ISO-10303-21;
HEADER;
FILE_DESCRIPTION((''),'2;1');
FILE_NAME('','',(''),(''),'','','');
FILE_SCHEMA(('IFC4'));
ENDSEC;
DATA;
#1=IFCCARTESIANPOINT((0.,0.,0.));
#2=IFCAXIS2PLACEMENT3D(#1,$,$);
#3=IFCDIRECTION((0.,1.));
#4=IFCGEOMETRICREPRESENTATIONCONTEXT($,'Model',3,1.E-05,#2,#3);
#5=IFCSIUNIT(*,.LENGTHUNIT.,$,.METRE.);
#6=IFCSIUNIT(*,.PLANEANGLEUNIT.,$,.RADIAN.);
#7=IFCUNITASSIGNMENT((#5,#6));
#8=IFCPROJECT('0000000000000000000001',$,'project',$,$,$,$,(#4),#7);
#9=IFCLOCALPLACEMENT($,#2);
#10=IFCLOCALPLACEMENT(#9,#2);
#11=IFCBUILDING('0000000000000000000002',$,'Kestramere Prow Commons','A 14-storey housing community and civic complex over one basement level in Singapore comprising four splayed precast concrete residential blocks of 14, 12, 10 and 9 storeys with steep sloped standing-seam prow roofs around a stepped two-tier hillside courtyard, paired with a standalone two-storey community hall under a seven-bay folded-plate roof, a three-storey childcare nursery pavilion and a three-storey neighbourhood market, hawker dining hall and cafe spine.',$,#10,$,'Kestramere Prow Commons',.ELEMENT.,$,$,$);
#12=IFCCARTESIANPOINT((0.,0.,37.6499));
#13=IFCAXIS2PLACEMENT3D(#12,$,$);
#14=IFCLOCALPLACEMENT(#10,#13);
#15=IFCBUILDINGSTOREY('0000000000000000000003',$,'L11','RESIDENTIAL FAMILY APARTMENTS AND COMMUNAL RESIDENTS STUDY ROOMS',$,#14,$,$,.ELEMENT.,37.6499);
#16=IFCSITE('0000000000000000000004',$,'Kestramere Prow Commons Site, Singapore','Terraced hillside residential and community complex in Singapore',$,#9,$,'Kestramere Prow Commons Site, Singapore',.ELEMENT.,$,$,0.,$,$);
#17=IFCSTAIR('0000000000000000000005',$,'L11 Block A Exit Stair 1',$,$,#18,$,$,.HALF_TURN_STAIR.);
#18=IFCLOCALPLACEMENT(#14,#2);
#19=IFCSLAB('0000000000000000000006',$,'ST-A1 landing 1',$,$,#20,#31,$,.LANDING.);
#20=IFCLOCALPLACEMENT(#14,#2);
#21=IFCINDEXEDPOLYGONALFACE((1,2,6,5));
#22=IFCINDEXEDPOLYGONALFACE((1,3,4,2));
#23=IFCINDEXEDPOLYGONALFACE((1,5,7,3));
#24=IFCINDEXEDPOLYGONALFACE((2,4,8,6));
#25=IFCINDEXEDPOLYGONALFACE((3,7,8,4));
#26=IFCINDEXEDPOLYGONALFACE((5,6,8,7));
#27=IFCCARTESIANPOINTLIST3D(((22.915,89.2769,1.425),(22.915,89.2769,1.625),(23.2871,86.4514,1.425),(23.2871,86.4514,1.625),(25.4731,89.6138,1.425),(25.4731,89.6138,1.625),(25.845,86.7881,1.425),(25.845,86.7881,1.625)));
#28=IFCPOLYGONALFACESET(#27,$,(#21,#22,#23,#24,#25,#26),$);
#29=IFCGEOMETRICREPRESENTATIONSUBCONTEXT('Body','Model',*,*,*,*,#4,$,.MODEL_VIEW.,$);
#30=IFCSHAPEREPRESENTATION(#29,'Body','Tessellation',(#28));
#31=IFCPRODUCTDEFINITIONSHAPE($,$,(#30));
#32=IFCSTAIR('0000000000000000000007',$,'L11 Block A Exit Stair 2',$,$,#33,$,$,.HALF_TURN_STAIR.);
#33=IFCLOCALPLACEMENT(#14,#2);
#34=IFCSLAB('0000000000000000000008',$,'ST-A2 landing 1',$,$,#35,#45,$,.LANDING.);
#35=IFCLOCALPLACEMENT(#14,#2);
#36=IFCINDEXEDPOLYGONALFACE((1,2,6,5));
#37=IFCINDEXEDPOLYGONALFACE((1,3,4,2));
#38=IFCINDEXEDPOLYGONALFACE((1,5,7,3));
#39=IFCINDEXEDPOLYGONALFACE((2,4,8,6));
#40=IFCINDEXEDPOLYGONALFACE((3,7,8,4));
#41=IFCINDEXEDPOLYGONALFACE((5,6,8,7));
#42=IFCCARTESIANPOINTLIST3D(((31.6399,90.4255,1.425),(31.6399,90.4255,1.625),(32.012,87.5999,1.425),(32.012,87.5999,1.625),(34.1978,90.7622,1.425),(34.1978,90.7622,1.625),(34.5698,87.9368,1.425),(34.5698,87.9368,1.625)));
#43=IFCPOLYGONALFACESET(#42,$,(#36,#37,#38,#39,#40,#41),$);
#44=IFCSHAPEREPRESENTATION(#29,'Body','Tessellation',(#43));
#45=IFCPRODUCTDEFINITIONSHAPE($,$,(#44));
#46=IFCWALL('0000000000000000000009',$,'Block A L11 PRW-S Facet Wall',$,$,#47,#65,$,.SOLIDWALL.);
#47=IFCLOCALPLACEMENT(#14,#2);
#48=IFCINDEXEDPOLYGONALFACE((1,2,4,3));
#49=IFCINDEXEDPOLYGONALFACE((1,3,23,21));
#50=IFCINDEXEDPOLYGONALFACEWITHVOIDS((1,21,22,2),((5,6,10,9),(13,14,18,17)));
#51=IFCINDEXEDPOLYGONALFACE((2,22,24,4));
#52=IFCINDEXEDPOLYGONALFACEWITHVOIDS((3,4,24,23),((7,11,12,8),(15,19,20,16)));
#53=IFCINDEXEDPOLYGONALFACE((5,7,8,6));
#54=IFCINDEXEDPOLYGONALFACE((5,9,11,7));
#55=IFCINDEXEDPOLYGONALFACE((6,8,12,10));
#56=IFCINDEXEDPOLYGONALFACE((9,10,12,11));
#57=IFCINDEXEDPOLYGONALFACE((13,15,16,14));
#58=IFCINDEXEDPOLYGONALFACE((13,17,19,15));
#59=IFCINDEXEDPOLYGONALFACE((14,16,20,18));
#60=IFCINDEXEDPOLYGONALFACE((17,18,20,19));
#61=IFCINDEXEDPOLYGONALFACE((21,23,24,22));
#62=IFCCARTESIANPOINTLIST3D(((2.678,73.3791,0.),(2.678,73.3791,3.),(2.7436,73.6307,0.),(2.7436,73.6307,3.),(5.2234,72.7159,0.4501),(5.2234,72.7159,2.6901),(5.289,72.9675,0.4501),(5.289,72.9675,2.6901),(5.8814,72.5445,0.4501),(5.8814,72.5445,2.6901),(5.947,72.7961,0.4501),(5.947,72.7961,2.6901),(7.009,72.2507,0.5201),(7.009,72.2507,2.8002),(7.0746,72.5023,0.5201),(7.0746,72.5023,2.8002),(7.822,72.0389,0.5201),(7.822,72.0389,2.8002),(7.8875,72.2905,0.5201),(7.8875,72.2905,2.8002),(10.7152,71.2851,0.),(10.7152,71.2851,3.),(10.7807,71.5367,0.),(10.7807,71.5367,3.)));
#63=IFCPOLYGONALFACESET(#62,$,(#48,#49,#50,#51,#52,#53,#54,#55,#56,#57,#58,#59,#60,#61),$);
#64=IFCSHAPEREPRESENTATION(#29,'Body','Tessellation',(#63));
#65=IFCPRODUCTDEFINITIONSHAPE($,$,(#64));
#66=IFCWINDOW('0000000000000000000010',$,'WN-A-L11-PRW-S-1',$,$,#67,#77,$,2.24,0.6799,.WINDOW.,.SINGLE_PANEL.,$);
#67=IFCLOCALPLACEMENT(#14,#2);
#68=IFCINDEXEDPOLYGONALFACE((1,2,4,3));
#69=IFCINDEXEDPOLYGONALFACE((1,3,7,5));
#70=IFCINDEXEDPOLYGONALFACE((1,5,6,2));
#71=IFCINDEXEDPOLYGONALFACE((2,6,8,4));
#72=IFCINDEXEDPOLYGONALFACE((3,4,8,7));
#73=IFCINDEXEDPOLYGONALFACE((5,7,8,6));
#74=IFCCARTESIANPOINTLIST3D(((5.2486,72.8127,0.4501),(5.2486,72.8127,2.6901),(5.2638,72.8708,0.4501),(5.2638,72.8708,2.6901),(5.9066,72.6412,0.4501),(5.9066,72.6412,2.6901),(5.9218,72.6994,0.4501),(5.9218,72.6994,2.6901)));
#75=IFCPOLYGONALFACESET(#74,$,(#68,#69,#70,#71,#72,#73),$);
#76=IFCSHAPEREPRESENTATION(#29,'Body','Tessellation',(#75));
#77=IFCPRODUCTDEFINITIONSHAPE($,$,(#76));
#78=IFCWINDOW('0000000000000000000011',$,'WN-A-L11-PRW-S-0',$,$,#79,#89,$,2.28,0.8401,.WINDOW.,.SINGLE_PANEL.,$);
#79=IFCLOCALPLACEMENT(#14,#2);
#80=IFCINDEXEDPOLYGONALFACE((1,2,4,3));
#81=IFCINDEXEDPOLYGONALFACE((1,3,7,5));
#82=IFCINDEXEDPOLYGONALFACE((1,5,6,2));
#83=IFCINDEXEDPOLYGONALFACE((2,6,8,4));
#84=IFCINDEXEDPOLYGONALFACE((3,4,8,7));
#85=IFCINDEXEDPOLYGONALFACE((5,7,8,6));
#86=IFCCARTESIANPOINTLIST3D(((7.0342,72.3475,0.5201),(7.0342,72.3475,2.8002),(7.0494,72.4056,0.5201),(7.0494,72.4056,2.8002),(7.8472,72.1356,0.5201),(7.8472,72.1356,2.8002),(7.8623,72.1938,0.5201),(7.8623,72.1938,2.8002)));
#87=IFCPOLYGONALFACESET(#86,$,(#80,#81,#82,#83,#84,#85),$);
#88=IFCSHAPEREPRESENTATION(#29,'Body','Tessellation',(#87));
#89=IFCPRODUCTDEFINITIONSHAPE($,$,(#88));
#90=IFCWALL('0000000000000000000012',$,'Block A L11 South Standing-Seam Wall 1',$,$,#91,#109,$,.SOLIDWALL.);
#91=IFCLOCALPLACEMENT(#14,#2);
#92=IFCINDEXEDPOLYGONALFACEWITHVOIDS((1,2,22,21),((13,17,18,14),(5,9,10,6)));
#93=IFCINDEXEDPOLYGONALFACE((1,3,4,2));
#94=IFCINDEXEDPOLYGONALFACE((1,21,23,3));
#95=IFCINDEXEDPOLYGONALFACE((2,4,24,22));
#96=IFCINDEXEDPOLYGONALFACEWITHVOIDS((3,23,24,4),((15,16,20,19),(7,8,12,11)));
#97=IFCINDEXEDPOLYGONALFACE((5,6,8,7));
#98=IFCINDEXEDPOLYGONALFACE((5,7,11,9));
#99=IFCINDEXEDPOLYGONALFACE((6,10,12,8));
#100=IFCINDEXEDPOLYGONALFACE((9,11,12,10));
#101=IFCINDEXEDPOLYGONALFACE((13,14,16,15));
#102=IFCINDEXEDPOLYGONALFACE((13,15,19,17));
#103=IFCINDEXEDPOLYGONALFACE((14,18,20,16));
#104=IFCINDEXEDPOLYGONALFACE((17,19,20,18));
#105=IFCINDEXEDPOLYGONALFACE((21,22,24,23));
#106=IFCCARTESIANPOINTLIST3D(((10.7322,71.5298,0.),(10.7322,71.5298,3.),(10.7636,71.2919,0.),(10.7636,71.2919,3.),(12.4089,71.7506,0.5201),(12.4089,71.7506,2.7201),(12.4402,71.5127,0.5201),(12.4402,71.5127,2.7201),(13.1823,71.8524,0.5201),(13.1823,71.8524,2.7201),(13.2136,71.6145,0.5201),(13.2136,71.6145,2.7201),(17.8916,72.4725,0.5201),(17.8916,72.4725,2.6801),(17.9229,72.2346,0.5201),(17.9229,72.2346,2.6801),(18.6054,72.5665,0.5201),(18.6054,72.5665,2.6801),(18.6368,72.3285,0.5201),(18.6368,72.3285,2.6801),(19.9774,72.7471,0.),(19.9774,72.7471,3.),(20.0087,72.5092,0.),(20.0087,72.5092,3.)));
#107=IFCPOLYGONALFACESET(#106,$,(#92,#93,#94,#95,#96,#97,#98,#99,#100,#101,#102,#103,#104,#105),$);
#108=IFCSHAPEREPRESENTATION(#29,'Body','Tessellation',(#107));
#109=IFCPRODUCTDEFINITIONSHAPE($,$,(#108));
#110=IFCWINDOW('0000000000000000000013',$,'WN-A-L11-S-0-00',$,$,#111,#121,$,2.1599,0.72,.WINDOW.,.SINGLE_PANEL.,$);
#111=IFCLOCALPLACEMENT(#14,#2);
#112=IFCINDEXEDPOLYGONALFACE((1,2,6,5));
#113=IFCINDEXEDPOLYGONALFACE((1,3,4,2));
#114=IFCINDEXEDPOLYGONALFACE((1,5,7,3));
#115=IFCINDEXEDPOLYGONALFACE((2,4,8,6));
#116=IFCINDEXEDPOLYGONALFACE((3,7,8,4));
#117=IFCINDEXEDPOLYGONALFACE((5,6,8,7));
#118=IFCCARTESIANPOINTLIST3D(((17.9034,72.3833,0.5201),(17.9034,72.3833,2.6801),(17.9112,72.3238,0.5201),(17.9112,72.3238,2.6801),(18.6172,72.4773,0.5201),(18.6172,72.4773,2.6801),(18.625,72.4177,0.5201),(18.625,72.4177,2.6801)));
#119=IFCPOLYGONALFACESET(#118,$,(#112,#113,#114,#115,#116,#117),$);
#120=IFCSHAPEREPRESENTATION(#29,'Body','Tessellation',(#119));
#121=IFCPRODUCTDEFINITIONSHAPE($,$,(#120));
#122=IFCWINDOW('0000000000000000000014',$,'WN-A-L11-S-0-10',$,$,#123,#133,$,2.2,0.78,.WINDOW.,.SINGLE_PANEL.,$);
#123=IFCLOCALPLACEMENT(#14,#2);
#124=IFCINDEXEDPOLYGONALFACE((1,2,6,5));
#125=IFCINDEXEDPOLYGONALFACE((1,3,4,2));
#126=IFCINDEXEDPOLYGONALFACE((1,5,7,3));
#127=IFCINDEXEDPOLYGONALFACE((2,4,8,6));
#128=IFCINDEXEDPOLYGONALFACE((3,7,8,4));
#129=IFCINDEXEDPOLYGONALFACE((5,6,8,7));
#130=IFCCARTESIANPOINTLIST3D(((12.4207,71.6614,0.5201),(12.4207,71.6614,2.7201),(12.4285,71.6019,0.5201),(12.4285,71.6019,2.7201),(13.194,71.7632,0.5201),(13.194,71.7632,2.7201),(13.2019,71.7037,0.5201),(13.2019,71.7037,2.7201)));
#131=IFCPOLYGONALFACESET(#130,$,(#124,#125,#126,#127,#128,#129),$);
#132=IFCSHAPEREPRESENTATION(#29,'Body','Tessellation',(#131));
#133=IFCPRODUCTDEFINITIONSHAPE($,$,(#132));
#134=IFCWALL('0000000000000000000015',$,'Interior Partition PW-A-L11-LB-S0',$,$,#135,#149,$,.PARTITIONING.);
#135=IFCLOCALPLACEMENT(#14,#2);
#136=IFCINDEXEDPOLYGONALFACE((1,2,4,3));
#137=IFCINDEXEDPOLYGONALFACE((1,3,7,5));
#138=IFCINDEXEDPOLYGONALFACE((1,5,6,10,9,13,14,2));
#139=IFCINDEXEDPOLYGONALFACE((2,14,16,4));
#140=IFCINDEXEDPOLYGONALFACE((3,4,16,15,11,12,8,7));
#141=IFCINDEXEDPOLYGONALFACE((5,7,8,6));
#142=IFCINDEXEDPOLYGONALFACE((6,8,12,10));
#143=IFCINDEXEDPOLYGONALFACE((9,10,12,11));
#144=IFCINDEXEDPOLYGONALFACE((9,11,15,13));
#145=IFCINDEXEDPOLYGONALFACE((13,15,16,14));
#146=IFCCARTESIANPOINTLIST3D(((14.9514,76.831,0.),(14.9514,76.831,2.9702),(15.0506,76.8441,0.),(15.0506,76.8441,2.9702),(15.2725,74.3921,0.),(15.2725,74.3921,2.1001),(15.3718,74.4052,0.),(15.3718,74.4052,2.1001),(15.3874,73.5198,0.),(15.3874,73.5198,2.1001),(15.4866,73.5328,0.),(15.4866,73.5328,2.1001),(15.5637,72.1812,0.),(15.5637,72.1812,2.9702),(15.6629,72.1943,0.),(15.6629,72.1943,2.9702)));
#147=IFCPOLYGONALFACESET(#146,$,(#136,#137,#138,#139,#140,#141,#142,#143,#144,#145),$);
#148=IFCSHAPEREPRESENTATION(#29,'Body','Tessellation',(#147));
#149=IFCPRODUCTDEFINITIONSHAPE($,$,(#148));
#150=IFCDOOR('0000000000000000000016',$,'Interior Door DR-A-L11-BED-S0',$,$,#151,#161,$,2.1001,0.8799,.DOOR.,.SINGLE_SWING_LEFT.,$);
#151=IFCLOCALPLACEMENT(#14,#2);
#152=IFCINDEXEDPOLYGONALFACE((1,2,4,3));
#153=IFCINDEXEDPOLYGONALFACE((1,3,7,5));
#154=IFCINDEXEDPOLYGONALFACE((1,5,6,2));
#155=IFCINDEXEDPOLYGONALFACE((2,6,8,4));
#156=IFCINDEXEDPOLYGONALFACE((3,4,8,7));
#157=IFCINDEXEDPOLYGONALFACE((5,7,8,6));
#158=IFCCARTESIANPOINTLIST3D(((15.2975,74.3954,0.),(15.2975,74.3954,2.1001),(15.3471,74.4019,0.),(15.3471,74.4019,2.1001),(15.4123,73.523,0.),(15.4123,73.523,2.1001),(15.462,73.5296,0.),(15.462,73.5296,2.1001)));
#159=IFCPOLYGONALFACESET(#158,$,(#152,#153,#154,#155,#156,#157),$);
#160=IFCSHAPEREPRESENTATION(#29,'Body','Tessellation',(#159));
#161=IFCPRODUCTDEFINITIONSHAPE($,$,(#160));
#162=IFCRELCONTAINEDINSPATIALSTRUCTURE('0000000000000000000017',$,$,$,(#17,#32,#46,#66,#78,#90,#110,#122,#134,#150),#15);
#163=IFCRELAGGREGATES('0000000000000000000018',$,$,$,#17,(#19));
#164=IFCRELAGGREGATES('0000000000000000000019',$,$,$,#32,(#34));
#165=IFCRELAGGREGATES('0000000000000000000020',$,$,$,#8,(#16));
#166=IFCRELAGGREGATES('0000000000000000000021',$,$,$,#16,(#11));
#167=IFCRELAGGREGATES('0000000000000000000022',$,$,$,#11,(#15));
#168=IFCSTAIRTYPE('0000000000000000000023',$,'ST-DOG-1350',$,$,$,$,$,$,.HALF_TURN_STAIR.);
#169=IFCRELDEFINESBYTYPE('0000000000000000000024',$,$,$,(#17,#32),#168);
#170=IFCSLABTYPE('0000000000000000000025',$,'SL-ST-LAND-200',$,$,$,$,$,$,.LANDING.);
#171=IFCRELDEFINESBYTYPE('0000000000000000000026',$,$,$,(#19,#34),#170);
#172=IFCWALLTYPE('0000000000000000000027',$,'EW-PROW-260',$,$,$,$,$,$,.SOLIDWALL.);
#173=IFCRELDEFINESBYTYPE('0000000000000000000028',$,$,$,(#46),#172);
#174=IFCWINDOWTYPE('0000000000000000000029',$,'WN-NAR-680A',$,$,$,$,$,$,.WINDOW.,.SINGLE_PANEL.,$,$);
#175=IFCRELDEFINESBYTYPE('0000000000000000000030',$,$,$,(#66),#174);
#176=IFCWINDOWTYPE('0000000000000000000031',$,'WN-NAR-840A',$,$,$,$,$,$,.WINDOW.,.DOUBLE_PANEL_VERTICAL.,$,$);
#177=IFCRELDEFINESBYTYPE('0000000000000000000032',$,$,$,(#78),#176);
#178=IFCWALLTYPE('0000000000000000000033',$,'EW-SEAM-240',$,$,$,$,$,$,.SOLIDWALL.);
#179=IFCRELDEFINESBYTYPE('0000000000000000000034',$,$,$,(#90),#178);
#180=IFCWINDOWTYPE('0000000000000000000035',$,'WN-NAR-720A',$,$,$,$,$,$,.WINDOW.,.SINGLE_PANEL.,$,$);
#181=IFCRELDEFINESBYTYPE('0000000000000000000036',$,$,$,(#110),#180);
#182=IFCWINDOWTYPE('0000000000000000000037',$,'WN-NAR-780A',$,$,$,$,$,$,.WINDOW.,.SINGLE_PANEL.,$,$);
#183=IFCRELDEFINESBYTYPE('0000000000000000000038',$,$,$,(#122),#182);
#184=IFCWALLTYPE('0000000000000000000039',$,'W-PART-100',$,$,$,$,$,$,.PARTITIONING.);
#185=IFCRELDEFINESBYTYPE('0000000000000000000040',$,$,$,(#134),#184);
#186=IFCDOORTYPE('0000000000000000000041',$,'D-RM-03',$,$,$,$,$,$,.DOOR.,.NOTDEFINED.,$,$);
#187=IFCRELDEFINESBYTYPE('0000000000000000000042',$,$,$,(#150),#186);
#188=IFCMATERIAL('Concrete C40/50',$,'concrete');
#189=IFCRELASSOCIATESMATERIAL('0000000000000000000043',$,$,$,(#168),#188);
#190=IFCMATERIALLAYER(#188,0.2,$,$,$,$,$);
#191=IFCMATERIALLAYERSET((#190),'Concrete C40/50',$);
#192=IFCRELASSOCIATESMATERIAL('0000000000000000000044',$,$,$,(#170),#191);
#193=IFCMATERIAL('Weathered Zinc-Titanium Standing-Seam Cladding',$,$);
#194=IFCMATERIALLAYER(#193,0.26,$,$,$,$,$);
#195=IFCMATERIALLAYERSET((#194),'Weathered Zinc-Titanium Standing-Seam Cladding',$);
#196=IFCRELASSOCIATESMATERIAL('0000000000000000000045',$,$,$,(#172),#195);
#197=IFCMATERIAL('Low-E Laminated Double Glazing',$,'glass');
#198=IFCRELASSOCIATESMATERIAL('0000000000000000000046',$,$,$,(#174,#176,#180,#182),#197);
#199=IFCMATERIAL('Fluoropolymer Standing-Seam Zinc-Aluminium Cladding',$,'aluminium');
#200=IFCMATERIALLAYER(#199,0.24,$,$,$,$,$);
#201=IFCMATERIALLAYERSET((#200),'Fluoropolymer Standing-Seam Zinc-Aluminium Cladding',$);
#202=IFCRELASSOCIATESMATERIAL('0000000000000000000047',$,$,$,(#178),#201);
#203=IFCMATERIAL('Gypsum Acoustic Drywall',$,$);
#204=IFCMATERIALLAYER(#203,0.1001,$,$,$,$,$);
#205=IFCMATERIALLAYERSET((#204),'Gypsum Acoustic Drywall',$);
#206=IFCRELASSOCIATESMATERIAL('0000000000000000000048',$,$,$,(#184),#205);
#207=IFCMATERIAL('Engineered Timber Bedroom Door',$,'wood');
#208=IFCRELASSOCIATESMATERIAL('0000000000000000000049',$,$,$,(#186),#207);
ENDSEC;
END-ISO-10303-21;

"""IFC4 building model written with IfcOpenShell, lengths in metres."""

from ifc_helpers import new_model, si_unit, direction, frame, frame_2d, origin, place, context, subcontext, project, spatial, polyline, rectangle, outline, extrude, material, layer, layer_set, type_object, element, fill, aggregate, save


model = new_model("IFC4")

# Units and contexts
model_context = context("Model", 3, precision=1e-05, world=origin(), true_north=direction((0.0, 1.0)))
body_context = subcontext(model_context, "Body", "Model", "MODEL_VIEW")
ifc_project = project(units=[si_unit("LENGTHUNIT", "METRE"), si_unit("PLANEANGLEUNIT", "RADIAN")], contexts=[model_context])

# Site, building, storey
site_placement = place(None, origin())
site = spatial("IfcSite", under=ifc_project, at=site_placement, Name="Kestramere Prow Commons Site, Singapore", Description="Terraced hillside residential and community complex in Singapore", LongName="Kestramere Prow Commons Site, Singapore", CompositionType="ELEMENT", RefElevation=0.0)
building_placement = place(site_placement, origin())
building = spatial("IfcBuilding", under=site, at=building_placement, Name="Kestramere Prow Commons", Description="A 14-storey housing community and civic complex over one basement level in Singapore comprising four splayed precast concrete residential blocks of 14, 12, 10 and 9 storeys with steep sloped standing-seam prow roofs around a stepped two-tier hillside courtyard, paired with a standalone two-storey community hall under a seven-bay folded-plate roof, a three-storey childcare nursery pavilion and a three-storey neighbourhood market, hawker dining hall and cafe spine.", LongName="Kestramere Prow Commons", CompositionType="ELEMENT")
storey_placement = place(building_placement, frame((0.0, 0.0, 37.6499)))
storey = spatial("IfcBuildingStorey", under=building, at=storey_placement, Name="L11", Description="RESIDENTIAL FAMILY APARTMENTS AND COMMUNAL RESIDENTS STUDY ROOMS", CompositionType="ELEMENT", Elevation=37.6499)

# Stairs, slabs
ifc_material_1 = material(Name="Concrete C40/50", Category="concrete")
stair_type = type_object("IfcStairType", Name="ST-DOG-1350", PredefinedType="HALF_TURN_STAIR", material=ifc_material_1)
stair_1_placement = place(storey_placement, origin())
stair_1 = element("IfcStair", 1, at=stair_1_placement, inside=storey, type_object=stair_type, Name="L11 Block A Exit Stair 1", PredefinedType="HALF_TURN_STAIR")
ifc_layer_1 = layer(ifc_material_1, 0.2)
ifc_layer_set_1 = layer_set([ifc_layer_1], Name="Concrete C40/50")
slab_type_1 = type_object("IfcSlabType", Name="SL-ST-LAND-200", PredefinedType="LANDING", material=ifc_layer_set_1)
slab_1_placement = place(storey_placement, frame((0.0, 0.0, 1.425)))
slab_1 = element("IfcSlab", 2, at=slab_1_placement, type_object=slab_type_1, Name="ST-A1 landing 1", PredefinedType="LANDING", context=body_context, shape_type="SweptSolid", body=[
    extrude(outline(polyline([(23.2871, 86.4514), (25.845, 86.7881), (25.4731, 89.6138), (22.915, 89.2769), (23.2871, 86.4514)])), origin(), (0.0, 0.0, 1.0), 0.2),
])
aggregate(stair_1, [slab_1])
stair_2_placement = place(storey_placement, origin())
stair_2 = element("IfcStair", 3, at=stair_2_placement, inside=storey, type_object=stair_type, Name="L11 Block A Exit Stair 2", PredefinedType="HALF_TURN_STAIR")
slab_2_placement = place(storey_placement, frame((0.0, 0.0, 1.425)))
slab_2 = element("IfcSlab", 4, at=slab_2_placement, type_object=slab_type_1, Name="ST-A2 landing 1", PredefinedType="LANDING", context=body_context, shape_type="SweptSolid", body=[
    extrude(outline(polyline([(32.012, 87.5999), (34.5698, 87.9368), (34.1978, 90.7622), (31.6399, 90.4255), (32.012, 87.5999)])), origin(), (0.0, 0.0, 1.0), 0.2),
])
aggregate(stair_2, [slab_2])

# Walls, openings, windows
ifc_material_2 = material(Name="Weathered Zinc-Titanium Standing-Seam Cladding")
ifc_layer_2 = layer(ifc_material_2, 0.26)
ifc_layer_set_2 = layer_set([ifc_layer_2], Name="Weathered Zinc-Titanium Standing-Seam Cladding")
wall_type_1 = type_object("IfcWallType", Name="EW-PROW-260", PredefinedType="SOLIDWALL", material=ifc_layer_set_2)
wall_1_placement = place(storey_placement, frame((10.748, 71.4109, 0.0), z_axis=(0.0, 0.0, 1.0), x_axis=(-0.967695, 0.252124, 0.0)))
wall_1 = element("IfcWall", 5, at=wall_1_placement, inside=storey, type_object=wall_type_1, Name="Block A L11 PRW-S Facet Wall", PredefinedType="SOLIDWALL", context=body_context, shape_type="SweptSolid", body=[
    extrude(rectangle(XDim=8.3054, YDim=0.26, at=frame_2d((4.1528, 0.0))), origin(), (0.0, 0.0, 1.0), 3.0),
])
opening_1_placement = place(wall_1_placement, frame((2.99, 0.0, 0.52)))
opening_1 = element("IfcOpeningElement", 6, at=opening_1_placement, cuts=wall_1, PredefinedType="OPENING", context=body_context, shape_type="SweptSolid", body=[
    extrude(rectangle(XDim=0.8401, YDim=2.28, at=frame_2d((0.4199, 1.1401))), frame((0.0, 0.145, 0.0), z_axis=(0.0, -1.0, 0.0), x_axis=(1.0, 0.0, 0.0)), (0.0, 0.0, 1.0), 0.29),
])
opening_2_placement = place(wall_1_placement, frame((4.9954, 0.0, 0.45)))
opening_2 = element("IfcOpeningElement", 7, at=opening_2_placement, cuts=wall_1, PredefinedType="OPENING", context=body_context, shape_type="SweptSolid", body=[
    extrude(rectangle(XDim=0.6799, YDim=2.24, at=frame_2d((0.3398, 1.1201))), frame((0.0, 0.145, 0.0), z_axis=(0.0, -1.0, 0.0), x_axis=(1.0, 0.0, 0.0)), (0.0, 0.0, 1.0), 0.29),
])
ifc_material_3 = material(Name="Low-E Laminated Double Glazing", Category="glass")
window_type_1 = type_object("IfcWindowType", Name="WN-NAR-680A", PartitioningType="SINGLE_PANEL", PredefinedType="WINDOW", material=ifc_material_3)
window_1_placement = place(opening_2_placement, origin())
window_1 = element("IfcWindow", 8, at=window_1_placement, inside=storey, type_object=window_type_1, Name="WN-A-L11-PRW-S-1", OverallHeight=2.24, OverallWidth=0.6799, PartitioningType="SINGLE_PANEL", PredefinedType="WINDOW", context=body_context, shape_type="SweptSolid", body=[
    extrude(rectangle(XDim=0.6799, YDim=2.24, at=frame_2d((0.3398, 1.1201))), frame((0.0, 0.03, 0.0), z_axis=(0.0, -1.0, 0.0), x_axis=(1.0, 0.0, 0.0)), (0.0, 0.0, 1.0), 0.0601),
])
fill(opening_2, window_1)
window_type_2 = type_object("IfcWindowType", Name="WN-NAR-840A", PartitioningType="DOUBLE_PANEL_VERTICAL", PredefinedType="WINDOW", material=ifc_material_3)
window_2_placement = place(opening_1_placement, origin())
window_2 = element("IfcWindow", 9, at=window_2_placement, inside=storey, type_object=window_type_2, Name="WN-A-L11-PRW-S-0", OverallHeight=2.28, OverallWidth=0.8401, PartitioningType="SINGLE_PANEL", PredefinedType="WINDOW", context=body_context, shape_type="SweptSolid", body=[
    extrude(rectangle(XDim=0.8401, YDim=2.28, at=frame_2d((0.4199, 1.1401))), frame((0.0, 0.03, 0.0), z_axis=(0.0, -1.0, 0.0), x_axis=(1.0, 0.0, 0.0)), (0.0, 0.0, 1.0), 0.0601),
])
fill(opening_1, window_2)
ifc_material_4 = material(Name="Fluoropolymer Standing-Seam Zinc-Aluminium Cladding", Category="aluminium")
ifc_layer_3 = layer(ifc_material_4, 0.24)
ifc_layer_set_3 = layer_set([ifc_layer_3], Name="Fluoropolymer Standing-Seam Zinc-Aluminium Cladding")
wall_type_2 = type_object("IfcWallType", Name="EW-SEAM-240", PredefinedType="SOLIDWALL", material=ifc_layer_set_3)
wall_2_placement = place(storey_placement, frame((19.9932, 72.6282, 0.0), z_axis=(0.0, 0.0, 1.0), x_axis=(-0.991443, -0.130541, 0.0)))
wall_2 = element("IfcWall", 10, at=wall_2_placement, inside=storey, type_object=wall_type_2, Name="Block A L11 South Standing-Seam Wall 1", PredefinedType="SOLIDWALL", context=body_context, shape_type="SweptSolid", body=[
    extrude(rectangle(XDim=9.325, YDim=0.24, at=frame_2d((4.6626, 0.0))), origin(), (0.0, 0.0, 1.0), 3.0),
])
opening_3_placement = place(wall_2_placement, frame((1.384, 0.0, 0.52)))
opening_3 = element("IfcOpeningElement", 11, at=opening_3_placement, cuts=wall_2, PredefinedType="OPENING", context=body_context, shape_type="SweptSolid", body=[
    extrude(rectangle(XDim=0.72, YDim=2.1599, at=frame_2d((0.3599, 1.0801))), frame((0.0, 0.135, 0.0), z_axis=(0.0, -1.0, 0.0), x_axis=(1.0, 0.0, 0.0)), (0.0, 0.0, 1.0), 0.27),
])
opening_4_placement = place(wall_2_placement, frame((6.8538, 0.0, 0.52)))
opening_4 = element("IfcOpeningElement", 12, at=opening_4_placement, cuts=wall_2, PredefinedType="OPENING", context=body_context, shape_type="SweptSolid", body=[
    extrude(rectangle(XDim=0.78, YDim=2.2, at=frame_2d((0.3901, 1.1001))), frame((0.0, 0.135, 0.0), z_axis=(0.0, -1.0, 0.0), x_axis=(1.0, 0.0, 0.0)), (0.0, 0.0, 1.0), 0.27),
])
window_type_3 = type_object("IfcWindowType", Name="WN-NAR-720A", PartitioningType="SINGLE_PANEL", PredefinedType="WINDOW", material=ifc_material_3)
window_3_placement = place(opening_3_placement, origin())
window_3 = element("IfcWindow", 13, at=window_3_placement, inside=storey, type_object=window_type_3, Name="WN-A-L11-S-0-00", OverallHeight=2.1599, OverallWidth=0.72, PartitioningType="SINGLE_PANEL", PredefinedType="WINDOW", context=body_context, shape_type="SweptSolid", body=[
    extrude(rectangle(XDim=0.72, YDim=2.1599, at=frame_2d((0.3599, 1.0801))), frame((0.0, 0.03, 0.0), z_axis=(0.0, -1.0, 0.0), x_axis=(1.0, 0.0, 0.0)), (0.0, 0.0, 1.0), 0.0601),
])
fill(opening_3, window_3)
window_type_4 = type_object("IfcWindowType", Name="WN-NAR-780A", PartitioningType="SINGLE_PANEL", PredefinedType="WINDOW", material=ifc_material_3)
window_4_placement = place(opening_4_placement, origin())
window_4 = element("IfcWindow", 14, at=window_4_placement, inside=storey, type_object=window_type_4, Name="WN-A-L11-S-0-10", OverallHeight=2.2, OverallWidth=0.78, PartitioningType="SINGLE_PANEL", PredefinedType="WINDOW", context=body_context, shape_type="SweptSolid", body=[
    extrude(rectangle(XDim=0.78, YDim=2.2, at=frame_2d((0.3901, 1.1001))), frame((0.0, 0.03, 0.0), z_axis=(0.0, -1.0, 0.0), x_axis=(1.0, 0.0, 0.0)), (0.0, 0.0, 1.0), 0.0601),
])
fill(opening_4, window_4)

# Wall, opening, door
ifc_material_5 = material(Name="Gypsum Acoustic Drywall")
ifc_layer_4 = layer(ifc_material_5, 0.1001)
ifc_layer_set_4 = layer_set([ifc_layer_4], Name="Gypsum Acoustic Drywall")
wall_type_3 = type_object("IfcWallType", Name="W-PART-100", PredefinedType="PARTITIONING", material=ifc_layer_set_4)
wall_3_placement = place(storey_placement, frame((15.6133, 72.1877, 0.0), z_axis=(0.0, 0.0, 1.0), x_axis=(-0.130554, 0.991441, 0.0)))
wall_3 = element("IfcWall", 15, at=wall_3_placement, inside=storey, type_object=wall_type_3, Name="Interior Partition PW-A-L11-LB-S0", PredefinedType="PARTITIONING", context=body_context, shape_type="SweptSolid", body=[
    extrude(rectangle(XDim=4.6899, YDim=0.1001, at=frame_2d((2.345, 0.0))), origin(), (0.0, 0.0, 1.0), 2.9702),
])
opening_5_placement = place(wall_3_placement, frame((1.3501, 0.0, 0.0)))
opening_5 = element("IfcOpeningElement", 16, at=opening_5_placement, cuts=wall_3, PredefinedType="OPENING", context=body_context, shape_type="SweptSolid", body=[
    extrude(rectangle(XDim=0.8799, YDim=2.1001, at=frame_2d((0.4399, 1.05))), frame((0.0, 0.0649, 0.0), z_axis=(0.0, -1.0, 0.0), x_axis=(1.0, 0.0, 0.0)), (0.0, 0.0, 1.0), 0.1301),
])
ifc_material_6 = material(Name="Engineered Timber Bedroom Door", Category="wood")
door_type = type_object("IfcDoorType", Name="D-RM-03", OperationType="NOTDEFINED", PredefinedType="DOOR", material=ifc_material_6)
door_placement = place(opening_5_placement, origin())
door = element("IfcDoor", 17, at=door_placement, inside=storey, type_object=door_type, Name="Interior Door DR-A-L11-BED-S0", OperationType="SINGLE_SWING_LEFT", OverallHeight=2.1001, OverallWidth=0.8799, PredefinedType="DOOR", context=body_context, shape_type="SweptSolid", body=[
    extrude(rectangle(XDim=0.8799, YDim=2.1001, at=frame_2d((0.4399, 1.05))), frame((0.0, 0.0249, 0.0), z_axis=(0.0, -1.0, 0.0), x_axis=(1.0, 0.0, 0.0)), (0.0, 0.0, 1.0), 0.05),
])
fill(opening_5, door)

save(model, "model.ifc")
